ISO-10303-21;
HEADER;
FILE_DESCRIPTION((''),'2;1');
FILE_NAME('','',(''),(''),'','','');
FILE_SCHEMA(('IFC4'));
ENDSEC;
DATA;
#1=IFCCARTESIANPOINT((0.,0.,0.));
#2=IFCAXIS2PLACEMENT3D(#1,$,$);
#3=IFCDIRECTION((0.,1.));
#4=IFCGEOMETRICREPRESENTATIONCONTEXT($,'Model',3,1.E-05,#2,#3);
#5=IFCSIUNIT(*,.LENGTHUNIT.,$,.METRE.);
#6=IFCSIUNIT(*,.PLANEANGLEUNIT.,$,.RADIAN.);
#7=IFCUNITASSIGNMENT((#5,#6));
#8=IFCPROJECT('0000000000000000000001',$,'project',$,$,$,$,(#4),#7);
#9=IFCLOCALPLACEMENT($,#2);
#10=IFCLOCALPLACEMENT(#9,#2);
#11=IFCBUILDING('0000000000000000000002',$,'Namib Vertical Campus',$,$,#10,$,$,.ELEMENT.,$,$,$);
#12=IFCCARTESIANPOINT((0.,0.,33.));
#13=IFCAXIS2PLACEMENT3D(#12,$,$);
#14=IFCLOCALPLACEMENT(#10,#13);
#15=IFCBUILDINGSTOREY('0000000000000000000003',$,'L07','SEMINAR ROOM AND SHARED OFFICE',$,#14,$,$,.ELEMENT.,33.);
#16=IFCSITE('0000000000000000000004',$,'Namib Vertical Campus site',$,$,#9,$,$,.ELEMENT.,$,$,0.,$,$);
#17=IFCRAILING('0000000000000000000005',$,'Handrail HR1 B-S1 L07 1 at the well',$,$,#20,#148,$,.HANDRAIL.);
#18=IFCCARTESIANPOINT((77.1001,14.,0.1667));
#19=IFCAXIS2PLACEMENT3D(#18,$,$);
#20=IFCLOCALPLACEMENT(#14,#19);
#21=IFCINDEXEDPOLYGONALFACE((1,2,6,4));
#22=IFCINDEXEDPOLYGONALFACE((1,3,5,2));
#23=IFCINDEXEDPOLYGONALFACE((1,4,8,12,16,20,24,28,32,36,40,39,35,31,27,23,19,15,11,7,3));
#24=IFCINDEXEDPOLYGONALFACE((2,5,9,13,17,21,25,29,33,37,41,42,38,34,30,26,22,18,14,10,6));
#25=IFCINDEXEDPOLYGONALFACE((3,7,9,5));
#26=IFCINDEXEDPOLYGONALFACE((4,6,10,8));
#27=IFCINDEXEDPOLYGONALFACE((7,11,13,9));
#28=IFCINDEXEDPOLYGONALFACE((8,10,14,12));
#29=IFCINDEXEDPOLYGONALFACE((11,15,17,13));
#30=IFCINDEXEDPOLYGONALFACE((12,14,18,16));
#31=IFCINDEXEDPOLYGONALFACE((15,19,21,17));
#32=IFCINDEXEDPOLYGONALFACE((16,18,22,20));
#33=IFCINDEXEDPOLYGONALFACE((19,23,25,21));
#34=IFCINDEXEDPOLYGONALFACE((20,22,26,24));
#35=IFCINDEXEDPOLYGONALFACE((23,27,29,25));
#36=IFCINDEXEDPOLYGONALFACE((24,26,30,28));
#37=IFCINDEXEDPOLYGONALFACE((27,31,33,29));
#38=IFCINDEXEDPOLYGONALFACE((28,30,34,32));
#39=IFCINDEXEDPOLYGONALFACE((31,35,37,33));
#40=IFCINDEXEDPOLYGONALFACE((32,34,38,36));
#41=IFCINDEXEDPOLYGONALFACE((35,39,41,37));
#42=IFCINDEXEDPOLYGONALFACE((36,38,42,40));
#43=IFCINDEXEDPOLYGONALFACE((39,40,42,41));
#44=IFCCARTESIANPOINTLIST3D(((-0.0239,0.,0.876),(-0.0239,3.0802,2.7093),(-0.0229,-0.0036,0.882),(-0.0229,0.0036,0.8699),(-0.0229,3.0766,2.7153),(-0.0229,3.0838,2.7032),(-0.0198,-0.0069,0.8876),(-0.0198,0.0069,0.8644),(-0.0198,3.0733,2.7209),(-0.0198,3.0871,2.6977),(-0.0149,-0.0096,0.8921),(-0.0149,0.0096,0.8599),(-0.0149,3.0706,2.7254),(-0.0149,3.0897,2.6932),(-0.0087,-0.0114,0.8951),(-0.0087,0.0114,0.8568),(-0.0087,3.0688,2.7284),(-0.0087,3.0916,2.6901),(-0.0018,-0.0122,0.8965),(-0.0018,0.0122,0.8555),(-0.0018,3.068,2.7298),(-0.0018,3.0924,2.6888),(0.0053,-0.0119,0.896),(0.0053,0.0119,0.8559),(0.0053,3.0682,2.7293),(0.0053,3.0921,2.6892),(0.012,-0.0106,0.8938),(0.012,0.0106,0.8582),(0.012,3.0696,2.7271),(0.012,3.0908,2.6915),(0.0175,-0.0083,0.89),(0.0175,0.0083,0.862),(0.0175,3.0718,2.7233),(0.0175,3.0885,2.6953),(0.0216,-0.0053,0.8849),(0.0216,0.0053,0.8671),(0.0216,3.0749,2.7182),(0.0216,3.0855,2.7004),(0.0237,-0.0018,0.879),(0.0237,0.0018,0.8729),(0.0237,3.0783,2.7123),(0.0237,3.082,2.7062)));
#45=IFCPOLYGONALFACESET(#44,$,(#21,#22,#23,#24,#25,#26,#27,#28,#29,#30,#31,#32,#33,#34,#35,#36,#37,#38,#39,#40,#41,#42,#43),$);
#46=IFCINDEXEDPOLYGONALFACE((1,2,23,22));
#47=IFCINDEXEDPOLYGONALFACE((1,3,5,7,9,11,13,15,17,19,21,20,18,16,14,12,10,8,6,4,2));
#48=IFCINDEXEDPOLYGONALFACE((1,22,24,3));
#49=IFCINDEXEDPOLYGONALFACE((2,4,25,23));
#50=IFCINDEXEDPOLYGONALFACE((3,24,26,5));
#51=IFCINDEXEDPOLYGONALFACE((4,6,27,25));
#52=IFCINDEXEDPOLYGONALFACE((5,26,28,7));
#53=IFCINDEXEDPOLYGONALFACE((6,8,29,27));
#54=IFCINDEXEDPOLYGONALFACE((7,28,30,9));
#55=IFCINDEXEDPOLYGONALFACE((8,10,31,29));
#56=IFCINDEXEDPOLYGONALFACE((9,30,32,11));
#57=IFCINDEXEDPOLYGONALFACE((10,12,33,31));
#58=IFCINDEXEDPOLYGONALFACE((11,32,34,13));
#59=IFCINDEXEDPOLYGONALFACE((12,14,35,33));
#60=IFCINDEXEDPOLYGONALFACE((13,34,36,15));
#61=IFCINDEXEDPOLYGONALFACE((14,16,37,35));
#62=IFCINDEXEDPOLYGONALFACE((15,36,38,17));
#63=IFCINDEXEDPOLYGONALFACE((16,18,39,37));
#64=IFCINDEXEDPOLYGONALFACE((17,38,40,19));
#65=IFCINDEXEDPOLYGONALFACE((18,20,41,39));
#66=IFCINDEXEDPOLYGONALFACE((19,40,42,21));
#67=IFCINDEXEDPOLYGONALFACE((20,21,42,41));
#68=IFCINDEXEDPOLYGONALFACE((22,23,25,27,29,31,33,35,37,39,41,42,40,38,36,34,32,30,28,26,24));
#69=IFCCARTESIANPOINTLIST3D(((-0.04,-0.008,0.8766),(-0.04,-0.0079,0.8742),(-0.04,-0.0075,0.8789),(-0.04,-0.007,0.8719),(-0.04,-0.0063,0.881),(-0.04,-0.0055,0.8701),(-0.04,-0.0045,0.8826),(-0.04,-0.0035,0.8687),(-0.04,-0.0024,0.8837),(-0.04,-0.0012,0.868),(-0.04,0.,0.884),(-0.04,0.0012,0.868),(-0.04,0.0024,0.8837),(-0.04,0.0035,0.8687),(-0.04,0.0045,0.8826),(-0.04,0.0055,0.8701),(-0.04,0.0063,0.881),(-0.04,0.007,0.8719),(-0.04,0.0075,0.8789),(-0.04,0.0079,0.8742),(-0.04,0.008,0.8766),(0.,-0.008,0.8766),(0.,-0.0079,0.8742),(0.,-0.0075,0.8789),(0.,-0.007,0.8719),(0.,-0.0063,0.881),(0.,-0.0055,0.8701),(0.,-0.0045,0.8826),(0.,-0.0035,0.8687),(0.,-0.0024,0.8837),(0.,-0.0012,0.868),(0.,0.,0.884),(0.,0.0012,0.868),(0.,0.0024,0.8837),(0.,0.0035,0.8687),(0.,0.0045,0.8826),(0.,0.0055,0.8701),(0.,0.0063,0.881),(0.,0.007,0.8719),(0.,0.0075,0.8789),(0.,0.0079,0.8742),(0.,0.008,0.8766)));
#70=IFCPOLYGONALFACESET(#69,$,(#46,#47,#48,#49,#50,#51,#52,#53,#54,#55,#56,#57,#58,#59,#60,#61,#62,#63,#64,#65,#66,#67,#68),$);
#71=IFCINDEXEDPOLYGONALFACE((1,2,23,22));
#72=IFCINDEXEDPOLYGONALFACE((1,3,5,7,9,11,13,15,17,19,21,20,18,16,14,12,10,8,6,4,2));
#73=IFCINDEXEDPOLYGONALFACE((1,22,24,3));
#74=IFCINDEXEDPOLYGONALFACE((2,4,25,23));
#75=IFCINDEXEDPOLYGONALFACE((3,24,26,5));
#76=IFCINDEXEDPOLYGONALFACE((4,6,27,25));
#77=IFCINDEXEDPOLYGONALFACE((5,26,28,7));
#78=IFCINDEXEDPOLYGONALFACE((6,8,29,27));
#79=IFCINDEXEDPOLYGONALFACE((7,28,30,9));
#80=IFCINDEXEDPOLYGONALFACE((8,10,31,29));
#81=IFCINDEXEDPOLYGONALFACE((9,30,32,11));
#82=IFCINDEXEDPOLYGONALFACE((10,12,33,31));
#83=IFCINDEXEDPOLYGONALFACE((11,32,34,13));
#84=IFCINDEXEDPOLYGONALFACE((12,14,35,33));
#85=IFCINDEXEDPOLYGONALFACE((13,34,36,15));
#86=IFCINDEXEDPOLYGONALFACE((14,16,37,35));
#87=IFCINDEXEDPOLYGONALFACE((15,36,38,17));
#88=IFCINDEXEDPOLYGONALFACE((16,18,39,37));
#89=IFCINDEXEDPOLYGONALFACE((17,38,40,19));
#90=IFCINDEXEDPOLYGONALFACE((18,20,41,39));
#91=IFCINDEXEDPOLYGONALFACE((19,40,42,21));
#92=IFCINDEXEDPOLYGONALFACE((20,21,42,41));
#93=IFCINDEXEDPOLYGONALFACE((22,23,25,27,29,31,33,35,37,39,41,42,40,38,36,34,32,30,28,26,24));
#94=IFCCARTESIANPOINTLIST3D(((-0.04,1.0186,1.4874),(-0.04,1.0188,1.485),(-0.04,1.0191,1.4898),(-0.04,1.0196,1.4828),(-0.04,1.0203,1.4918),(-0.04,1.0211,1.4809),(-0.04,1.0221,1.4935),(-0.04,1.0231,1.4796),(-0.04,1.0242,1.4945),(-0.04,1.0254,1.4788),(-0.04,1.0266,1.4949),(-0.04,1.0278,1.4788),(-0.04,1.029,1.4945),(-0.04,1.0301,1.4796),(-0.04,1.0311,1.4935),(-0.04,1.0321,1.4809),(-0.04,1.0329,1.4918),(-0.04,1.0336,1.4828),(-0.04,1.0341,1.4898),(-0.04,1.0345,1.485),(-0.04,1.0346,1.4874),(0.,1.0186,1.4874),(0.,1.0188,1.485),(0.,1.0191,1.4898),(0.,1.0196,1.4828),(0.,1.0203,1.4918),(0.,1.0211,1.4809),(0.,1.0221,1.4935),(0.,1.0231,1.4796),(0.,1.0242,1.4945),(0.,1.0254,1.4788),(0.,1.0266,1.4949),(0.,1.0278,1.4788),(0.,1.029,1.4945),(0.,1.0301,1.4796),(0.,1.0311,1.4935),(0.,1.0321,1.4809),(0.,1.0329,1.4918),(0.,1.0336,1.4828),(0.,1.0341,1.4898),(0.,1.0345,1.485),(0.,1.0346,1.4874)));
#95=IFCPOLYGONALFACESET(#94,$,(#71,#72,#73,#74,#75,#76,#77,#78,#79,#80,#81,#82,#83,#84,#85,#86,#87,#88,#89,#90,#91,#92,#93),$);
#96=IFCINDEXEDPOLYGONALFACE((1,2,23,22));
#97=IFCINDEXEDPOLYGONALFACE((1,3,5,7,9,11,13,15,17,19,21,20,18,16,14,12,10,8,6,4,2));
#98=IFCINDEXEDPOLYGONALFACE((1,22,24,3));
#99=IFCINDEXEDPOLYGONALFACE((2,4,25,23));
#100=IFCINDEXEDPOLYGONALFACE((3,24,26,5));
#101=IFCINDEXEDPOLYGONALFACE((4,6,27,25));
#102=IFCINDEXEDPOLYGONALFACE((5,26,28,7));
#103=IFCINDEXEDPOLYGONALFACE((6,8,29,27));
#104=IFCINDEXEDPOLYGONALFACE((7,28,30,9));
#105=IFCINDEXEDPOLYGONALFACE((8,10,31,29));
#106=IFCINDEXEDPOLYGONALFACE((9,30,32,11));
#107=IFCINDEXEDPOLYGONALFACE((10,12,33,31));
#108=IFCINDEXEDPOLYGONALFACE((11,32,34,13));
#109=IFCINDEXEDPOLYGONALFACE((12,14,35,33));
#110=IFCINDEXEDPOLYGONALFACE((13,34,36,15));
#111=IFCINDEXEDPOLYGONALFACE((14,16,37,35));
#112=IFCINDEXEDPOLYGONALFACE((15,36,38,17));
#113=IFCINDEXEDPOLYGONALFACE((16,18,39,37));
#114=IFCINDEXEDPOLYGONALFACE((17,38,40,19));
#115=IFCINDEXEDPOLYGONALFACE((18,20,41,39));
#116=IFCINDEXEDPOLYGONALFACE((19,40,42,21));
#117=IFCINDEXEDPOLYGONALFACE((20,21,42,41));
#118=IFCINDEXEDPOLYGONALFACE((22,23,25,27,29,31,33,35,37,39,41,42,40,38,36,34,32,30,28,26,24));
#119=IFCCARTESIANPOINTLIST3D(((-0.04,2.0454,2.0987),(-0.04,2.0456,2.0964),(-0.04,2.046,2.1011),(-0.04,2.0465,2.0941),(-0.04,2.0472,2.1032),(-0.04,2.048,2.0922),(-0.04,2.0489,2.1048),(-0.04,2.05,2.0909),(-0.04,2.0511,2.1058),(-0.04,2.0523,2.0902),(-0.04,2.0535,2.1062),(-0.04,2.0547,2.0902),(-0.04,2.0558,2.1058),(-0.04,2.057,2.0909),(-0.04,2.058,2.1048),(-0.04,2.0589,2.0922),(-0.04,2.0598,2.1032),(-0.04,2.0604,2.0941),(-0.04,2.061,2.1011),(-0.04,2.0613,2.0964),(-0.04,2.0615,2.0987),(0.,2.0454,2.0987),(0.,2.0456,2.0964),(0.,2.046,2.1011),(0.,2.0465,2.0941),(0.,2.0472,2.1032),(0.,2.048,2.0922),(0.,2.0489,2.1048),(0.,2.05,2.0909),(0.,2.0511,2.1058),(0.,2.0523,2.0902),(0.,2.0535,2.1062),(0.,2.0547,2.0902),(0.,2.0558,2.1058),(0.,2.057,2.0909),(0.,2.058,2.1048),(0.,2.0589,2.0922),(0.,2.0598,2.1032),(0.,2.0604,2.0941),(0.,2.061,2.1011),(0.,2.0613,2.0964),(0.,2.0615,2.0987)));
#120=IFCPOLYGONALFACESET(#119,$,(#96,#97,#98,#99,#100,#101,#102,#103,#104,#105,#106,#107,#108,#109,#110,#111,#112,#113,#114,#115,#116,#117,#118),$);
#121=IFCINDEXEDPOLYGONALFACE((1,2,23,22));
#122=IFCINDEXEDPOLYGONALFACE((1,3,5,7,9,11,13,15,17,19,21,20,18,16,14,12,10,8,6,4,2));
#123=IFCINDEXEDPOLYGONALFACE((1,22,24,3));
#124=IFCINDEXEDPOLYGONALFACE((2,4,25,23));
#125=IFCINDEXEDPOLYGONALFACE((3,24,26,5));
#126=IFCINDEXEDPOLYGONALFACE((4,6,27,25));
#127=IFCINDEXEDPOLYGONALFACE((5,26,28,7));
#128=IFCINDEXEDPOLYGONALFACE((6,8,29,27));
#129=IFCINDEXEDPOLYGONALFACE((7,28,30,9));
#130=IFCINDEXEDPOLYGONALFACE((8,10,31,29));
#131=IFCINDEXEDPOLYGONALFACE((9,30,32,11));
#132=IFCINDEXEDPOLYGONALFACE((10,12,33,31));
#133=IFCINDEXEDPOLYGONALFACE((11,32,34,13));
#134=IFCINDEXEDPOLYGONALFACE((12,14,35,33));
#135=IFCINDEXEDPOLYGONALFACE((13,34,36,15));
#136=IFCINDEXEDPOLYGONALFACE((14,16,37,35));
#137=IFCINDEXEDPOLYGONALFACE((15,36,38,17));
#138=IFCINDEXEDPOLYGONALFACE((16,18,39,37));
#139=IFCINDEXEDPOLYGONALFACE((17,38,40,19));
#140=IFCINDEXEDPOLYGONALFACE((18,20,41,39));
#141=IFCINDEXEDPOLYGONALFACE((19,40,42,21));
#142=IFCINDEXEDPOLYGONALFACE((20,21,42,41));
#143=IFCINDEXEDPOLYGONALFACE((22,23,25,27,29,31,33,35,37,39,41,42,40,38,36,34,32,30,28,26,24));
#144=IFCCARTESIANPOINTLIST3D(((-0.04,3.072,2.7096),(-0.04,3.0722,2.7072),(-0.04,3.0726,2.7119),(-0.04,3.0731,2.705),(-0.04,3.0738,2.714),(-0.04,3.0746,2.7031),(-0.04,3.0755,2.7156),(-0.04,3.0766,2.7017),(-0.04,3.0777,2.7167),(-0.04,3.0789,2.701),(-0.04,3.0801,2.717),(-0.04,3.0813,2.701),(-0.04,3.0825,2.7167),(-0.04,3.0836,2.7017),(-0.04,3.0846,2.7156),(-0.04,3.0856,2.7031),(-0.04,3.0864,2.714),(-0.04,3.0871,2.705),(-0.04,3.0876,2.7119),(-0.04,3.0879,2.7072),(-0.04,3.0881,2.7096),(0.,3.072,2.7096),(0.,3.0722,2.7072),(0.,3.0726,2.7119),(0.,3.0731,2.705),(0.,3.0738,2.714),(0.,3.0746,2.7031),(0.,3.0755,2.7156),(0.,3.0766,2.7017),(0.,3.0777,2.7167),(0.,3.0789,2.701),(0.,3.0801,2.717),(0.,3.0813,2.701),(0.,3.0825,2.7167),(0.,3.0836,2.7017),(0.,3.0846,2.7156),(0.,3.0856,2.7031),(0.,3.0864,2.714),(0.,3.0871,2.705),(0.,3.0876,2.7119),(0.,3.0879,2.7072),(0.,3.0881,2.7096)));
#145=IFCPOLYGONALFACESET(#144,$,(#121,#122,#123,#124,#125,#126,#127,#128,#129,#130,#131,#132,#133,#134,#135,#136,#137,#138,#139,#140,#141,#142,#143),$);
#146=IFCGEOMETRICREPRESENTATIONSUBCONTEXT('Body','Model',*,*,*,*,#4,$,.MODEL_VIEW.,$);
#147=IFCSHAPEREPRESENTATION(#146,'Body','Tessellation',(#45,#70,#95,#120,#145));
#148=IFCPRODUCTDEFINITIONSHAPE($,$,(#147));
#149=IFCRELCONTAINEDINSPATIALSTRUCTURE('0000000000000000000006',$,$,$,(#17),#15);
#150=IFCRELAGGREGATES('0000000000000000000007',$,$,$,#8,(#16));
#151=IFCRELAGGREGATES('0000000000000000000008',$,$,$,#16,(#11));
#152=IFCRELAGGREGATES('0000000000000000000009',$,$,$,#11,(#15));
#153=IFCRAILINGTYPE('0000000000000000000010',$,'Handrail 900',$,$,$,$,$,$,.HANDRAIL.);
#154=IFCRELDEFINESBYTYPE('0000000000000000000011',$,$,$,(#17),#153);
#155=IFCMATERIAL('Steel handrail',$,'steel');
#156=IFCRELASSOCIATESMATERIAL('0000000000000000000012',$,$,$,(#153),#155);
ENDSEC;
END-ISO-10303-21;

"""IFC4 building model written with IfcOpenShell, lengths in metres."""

from ifc_helpers import new_model, si_unit, direction, frame, origin, origin_2d, place, context, subcontext, project, spatial, circle, extrude, material, type_object, element, save


model = new_model("IFC4")

# Units and contexts
model_context = context("Model", 3, precision=1e-05, world=origin(), true_north=direction((0.0, 1.0)))
body_context = subcontext(model_context, "Body", "Model", "MODEL_VIEW")
ifc_project = project(units=[si_unit("LENGTHUNIT", "METRE"), si_unit("PLANEANGLEUNIT", "RADIAN")], contexts=[model_context])

# Site, building, storey
site_placement = place(None, origin())
site = spatial("IfcSite", under=ifc_project, at=site_placement, Name="Namib Vertical Campus site", CompositionType="ELEMENT", RefElevation=0.0)
building_placement = place(site_placement, origin())
building = spatial("IfcBuilding", under=site, at=building_placement, Name="Namib Vertical Campus", CompositionType="ELEMENT")
storey_placement = place(building_placement, frame((0.0, 0.0, 33.0)))
storey = spatial("IfcBuildingStorey", under=building, at=storey_placement, Name="L07", Description="SEMINAR ROOM AND SHARED OFFICE", CompositionType="ELEMENT", Elevation=33.0)

# Railing
ifc_material_1 = material(Name="Steel handrail", Category="steel")
railing_type_1 = type_object("IfcRailingType", Name="Handrail 900", PredefinedType="HANDRAIL", material=ifc_material_1)
railing_1_placement = place(storey_placement, frame((77.1001, 14.0, 0.1667)))
element("IfcRailing", 1, at=railing_1_placement, inside=storey, type_object=railing_type_1, Name="Handrail HR1 B-S1 L07 1 at the well", PredefinedType="HANDRAIL", context=body_context, shape_type="SweptSolid", body=[
    extrude(circle(Radius=0.0239, at=origin_2d()), frame((0.0, 0.0, 0.876), z_axis=(0.0, 0.859309, 0.511458), x_axis=(-1.0, 0.0, 0.0)), (0.0, 0.0, 1.0), 3.5845),
    extrude(circle(Radius=0.0081, at=origin_2d()), frame((0.0, 0.0, 0.876), z_axis=(-1.0, 0.0, 0.0), x_axis=(0.0, 0.0, 1.0)), (0.0, 0.0, 1.0), 0.04),
    extrude(circle(Radius=0.0081, at=origin_2d()), frame((0.0, 1.0266, 1.4868), z_axis=(-1.0, 0.0, 0.0), x_axis=(0.0, 0.0, 1.0)), (0.0, 0.0, 1.0), 0.04),
    extrude(circle(Radius=0.0081, at=origin_2d()), frame((0.0, 2.0535, 2.0981), z_axis=(-1.0, 0.0, 0.0), x_axis=(0.0, 0.0, 1.0)), (0.0, 0.0, 1.0), 0.04),
    extrude(circle(Radius=0.0081, at=origin_2d()), frame((0.0, 3.0801, 2.709), z_axis=(-1.0, 0.0, 0.0), x_axis=(0.0, 0.0, 1.0)), (0.0, 0.0, 1.0), 0.04),
])

save(model, "model.ifc")
